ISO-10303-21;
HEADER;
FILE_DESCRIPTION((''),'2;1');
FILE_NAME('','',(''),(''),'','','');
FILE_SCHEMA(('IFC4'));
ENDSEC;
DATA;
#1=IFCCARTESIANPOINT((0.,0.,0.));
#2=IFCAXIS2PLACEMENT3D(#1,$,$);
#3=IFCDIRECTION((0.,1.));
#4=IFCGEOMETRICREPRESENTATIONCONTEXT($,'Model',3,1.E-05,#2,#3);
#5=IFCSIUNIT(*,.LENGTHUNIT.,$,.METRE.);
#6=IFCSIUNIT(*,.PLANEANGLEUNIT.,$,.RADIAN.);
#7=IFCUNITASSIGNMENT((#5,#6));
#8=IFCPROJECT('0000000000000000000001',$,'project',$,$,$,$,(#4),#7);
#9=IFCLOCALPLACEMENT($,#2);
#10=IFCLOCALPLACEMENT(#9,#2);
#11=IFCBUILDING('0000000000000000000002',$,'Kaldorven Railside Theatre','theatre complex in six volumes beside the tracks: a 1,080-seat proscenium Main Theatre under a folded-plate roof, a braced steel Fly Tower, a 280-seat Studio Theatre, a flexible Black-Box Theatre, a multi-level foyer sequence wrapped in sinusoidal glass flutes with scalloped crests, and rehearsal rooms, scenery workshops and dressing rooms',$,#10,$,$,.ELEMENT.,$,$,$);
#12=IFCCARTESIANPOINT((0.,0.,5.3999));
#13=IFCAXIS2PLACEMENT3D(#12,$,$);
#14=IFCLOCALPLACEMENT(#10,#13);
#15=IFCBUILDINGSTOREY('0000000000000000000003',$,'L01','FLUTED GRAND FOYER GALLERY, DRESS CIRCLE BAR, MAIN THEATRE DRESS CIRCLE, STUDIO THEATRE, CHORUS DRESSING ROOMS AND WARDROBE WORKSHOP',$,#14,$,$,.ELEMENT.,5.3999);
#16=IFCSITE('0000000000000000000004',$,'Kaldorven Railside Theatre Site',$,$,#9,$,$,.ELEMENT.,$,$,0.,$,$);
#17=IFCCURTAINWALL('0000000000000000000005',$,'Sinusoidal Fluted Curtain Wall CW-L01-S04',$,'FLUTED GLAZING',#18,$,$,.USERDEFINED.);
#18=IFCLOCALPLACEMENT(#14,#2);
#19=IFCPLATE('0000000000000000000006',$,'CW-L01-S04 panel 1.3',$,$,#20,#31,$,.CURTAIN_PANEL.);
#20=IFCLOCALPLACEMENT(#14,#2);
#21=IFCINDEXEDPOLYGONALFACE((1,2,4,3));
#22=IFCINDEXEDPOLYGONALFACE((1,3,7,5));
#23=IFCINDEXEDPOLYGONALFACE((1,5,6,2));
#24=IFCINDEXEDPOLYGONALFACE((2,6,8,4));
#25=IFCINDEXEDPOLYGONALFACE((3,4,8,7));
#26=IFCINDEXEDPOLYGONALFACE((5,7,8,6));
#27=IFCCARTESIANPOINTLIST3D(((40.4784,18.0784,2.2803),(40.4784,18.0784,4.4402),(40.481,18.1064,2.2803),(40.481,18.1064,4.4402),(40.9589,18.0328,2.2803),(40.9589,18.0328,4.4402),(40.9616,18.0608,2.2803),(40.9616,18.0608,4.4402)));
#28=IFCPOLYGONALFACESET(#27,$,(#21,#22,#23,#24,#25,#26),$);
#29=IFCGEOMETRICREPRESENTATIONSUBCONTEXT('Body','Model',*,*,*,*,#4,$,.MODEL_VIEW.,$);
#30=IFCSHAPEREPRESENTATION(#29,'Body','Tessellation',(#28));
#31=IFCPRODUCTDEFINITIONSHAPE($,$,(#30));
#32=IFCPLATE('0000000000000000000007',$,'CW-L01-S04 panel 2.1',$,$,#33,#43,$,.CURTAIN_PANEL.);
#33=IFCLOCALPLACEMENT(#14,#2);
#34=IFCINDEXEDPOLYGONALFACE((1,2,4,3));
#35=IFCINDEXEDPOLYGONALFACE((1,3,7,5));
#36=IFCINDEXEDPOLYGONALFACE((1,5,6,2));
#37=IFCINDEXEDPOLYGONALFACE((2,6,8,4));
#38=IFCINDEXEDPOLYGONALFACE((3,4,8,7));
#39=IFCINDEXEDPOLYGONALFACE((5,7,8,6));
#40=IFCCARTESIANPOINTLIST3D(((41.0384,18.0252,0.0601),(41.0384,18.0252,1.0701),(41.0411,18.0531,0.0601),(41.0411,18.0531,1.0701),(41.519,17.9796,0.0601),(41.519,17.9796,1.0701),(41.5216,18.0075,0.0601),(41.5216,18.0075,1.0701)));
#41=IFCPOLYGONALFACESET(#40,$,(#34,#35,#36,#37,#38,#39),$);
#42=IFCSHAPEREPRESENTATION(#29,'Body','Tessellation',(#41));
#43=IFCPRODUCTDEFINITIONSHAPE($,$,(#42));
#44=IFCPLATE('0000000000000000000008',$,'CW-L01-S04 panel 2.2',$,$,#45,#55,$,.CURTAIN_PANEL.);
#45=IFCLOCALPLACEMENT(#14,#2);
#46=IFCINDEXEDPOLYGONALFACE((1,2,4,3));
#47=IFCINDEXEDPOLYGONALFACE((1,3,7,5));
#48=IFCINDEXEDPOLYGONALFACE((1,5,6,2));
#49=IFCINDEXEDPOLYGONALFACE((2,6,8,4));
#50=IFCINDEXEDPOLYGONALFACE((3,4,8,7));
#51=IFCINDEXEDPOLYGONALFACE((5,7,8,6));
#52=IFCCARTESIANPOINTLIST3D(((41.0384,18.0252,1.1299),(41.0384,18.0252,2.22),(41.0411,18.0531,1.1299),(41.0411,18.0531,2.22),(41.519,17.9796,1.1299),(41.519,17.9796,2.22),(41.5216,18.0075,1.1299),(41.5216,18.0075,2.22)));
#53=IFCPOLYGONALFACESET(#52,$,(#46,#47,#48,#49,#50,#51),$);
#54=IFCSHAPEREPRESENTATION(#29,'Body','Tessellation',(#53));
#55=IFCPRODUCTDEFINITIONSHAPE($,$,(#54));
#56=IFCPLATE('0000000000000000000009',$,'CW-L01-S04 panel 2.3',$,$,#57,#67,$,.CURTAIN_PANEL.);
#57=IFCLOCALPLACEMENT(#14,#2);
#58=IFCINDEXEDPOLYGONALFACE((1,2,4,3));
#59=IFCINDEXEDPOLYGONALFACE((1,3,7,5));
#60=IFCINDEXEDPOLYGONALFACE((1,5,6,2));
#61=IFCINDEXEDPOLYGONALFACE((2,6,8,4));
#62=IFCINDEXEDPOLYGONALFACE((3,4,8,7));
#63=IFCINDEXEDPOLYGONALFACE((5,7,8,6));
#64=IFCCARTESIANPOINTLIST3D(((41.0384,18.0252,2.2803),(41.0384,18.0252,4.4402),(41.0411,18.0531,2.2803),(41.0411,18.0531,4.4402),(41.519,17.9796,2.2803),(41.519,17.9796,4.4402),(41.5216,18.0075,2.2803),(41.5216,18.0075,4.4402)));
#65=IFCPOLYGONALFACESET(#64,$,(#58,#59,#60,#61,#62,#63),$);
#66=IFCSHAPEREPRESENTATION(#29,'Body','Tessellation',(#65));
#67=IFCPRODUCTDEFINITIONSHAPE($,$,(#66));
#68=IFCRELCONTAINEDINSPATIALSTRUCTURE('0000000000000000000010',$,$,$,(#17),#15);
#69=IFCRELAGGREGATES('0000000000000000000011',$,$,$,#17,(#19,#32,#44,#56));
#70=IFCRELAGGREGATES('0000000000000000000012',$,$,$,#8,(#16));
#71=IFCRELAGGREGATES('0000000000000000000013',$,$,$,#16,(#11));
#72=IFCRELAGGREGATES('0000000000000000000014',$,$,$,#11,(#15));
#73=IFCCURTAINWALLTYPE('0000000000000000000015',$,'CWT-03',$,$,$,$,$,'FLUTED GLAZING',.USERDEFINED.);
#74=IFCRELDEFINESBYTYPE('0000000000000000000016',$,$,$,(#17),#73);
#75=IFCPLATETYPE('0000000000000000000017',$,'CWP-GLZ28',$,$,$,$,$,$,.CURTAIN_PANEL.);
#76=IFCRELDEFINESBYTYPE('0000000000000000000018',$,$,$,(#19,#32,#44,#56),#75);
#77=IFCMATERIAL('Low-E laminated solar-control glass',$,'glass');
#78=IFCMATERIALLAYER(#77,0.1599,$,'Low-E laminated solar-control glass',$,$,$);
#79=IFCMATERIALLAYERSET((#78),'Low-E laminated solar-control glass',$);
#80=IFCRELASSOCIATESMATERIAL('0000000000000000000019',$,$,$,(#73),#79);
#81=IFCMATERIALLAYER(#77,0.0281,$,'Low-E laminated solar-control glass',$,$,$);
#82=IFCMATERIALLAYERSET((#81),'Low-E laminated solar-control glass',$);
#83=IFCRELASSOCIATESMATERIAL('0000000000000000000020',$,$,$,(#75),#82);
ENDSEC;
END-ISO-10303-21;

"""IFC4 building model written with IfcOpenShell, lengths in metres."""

from ifc_helpers import new_model, si_unit, direction, frame, origin, origin_2d, place, context, subcontext, project, spatial, rectangle, extrude, material, layer, layer_set, type_object, element, aggregate, save


model = new_model("IFC4")

# Units and contexts
model_context = context("Model", 3, precision=1e-05, world=origin(), true_north=direction((0.0, 1.0)))
body_context = subcontext(model_context, "Body", "Model", "MODEL_VIEW")
ifc_project = project(units=[si_unit("LENGTHUNIT", "METRE"), si_unit("PLANEANGLEUNIT", "RADIAN")], contexts=[model_context])

# Site, building, storey
site_placement = place(None, origin())
site = spatial("IfcSite", under=ifc_project, at=site_placement, Name="Kaldorven Railside Theatre Site", CompositionType="ELEMENT", RefElevation=0.0)
building_placement = place(site_placement, origin())
building = spatial("IfcBuilding", under=site, at=building_placement, Name="Kaldorven Railside Theatre", Description="theatre complex in six volumes beside the tracks: a 1,080-seat proscenium Main Theatre under a folded-plate roof, a braced steel Fly Tower, a 280-seat Studio Theatre, a flexible Black-Box Theatre, a multi-level foyer sequence wrapped in sinusoidal glass flutes with scalloped crests, and rehearsal rooms, scenery workshops and dressing rooms", CompositionType="ELEMENT")
storey_placement = place(building_placement, frame((0.0, 0.0, 5.3999)))
storey = spatial("IfcBuildingStorey", under=building, at=storey_placement, Name="L01", Description="FLUTED GRAND FOYER GALLERY, DRESS CIRCLE BAR, MAIN THEATRE DRESS CIRCLE, STUDIO THEATRE, CHORUS DRESSING ROOMS AND WARDROBE WORKSHOP", CompositionType="ELEMENT", Elevation=5.3999)

# Curtain wall
ifc_material_1 = material(Name="Low-E laminated solar-control glass", Category="glass")
ifc_layer_1 = layer(ifc_material_1, 0.1599, Name="Low-E laminated solar-control glass")
ifc_layer_set_1 = layer_set([ifc_layer_1], Name="Low-E laminated solar-control glass")
curtain_wall_type = type_object("IfcCurtainWallType", Name="CWT-03", ElementType="FLUTED GLAZING", PredefinedType="USERDEFINED", material=ifc_layer_set_1)
curtain_wall_1_placement = place(storey_placement, origin())
curtain_wall_1 = element("IfcCurtainWall", 1, at=curtain_wall_1_placement, inside=storey, type_object=curtain_wall_type, Name="Sinusoidal Fluted Curtain Wall CW-L01-S04", ObjectType="FLUTED GLAZING", PredefinedType="USERDEFINED")

# Plates
ifc_layer_2 = layer(ifc_material_1, 0.0281, Name="Low-E laminated solar-control glass")
ifc_layer_set_2 = layer_set([ifc_layer_2], Name="Low-E laminated solar-control glass")
plate_type = type_object("IfcPlateType", Name="CWP-GLZ28", PredefinedType="CURTAIN_PANEL", material=ifc_layer_set_2)
plate_1_placement = place(storey_placement, frame((40.72, 18.0696, 2.2803), z_axis=(0.0, 0.0, 1.0), x_axis=(0.995526, -0.094492, 0.0)))
plate_1 = element("IfcPlate", 2, at=plate_1_placement, type_object=plate_type, Name="CW-L01-S04 panel 1.3", PredefinedType="CURTAIN_PANEL", context=body_context, shape_type="SweptSolid", body=[
    extrude(rectangle(XDim=0.4827, YDim=0.0281, at=origin_2d()), origin(), (0.0, 0.0, 1.0), 2.1599),
])
plate_2_placement = place(storey_placement, frame((41.28, 18.0164, 0.0601), z_axis=(0.0, 0.0, 1.0), x_axis=(0.995526, -0.094492, 0.0)))
plate_2 = element("IfcPlate", 3, at=plate_2_placement, type_object=plate_type, Name="CW-L01-S04 panel 2.1", PredefinedType="CURTAIN_PANEL", context=body_context, shape_type="SweptSolid", body=[
    extrude(rectangle(XDim=0.4827, YDim=0.0281, at=origin_2d()), origin(), (0.0, 0.0, 1.0), 1.01),
])
plate_3_placement = place(storey_placement, frame((41.28, 18.0164, 1.1299), z_axis=(0.0, 0.0, 1.0), x_axis=(0.995526, -0.094492, 0.0)))
plate_3 = element("IfcPlate", 4, at=plate_3_placement, type_object=plate_type, Name="CW-L01-S04 panel 2.2", PredefinedType="CURTAIN_PANEL", context=body_context, shape_type="SweptSolid", body=[
    extrude(rectangle(XDim=0.4827, YDim=0.0281, at=origin_2d()), origin(), (0.0, 0.0, 1.0), 1.0901),
])
plate_4_placement = place(storey_placement, frame((41.28, 18.0164, 2.2803), z_axis=(0.0, 0.0, 1.0), x_axis=(0.995526, -0.094492, 0.0)))
plate_4 = element("IfcPlate", 5, at=plate_4_placement, type_object=plate_type, Name="CW-L01-S04 panel 2.3", PredefinedType="CURTAIN_PANEL", context=body_context, shape_type="SweptSolid", body=[
    extrude(rectangle(XDim=0.4827, YDim=0.0281, at=origin_2d()), origin(), (0.0, 0.0, 1.0), 2.1599),
])
aggregate(curtain_wall_1, [plate_1, plate_2, plate_3, plate_4])

save(model, "model.ifc")
